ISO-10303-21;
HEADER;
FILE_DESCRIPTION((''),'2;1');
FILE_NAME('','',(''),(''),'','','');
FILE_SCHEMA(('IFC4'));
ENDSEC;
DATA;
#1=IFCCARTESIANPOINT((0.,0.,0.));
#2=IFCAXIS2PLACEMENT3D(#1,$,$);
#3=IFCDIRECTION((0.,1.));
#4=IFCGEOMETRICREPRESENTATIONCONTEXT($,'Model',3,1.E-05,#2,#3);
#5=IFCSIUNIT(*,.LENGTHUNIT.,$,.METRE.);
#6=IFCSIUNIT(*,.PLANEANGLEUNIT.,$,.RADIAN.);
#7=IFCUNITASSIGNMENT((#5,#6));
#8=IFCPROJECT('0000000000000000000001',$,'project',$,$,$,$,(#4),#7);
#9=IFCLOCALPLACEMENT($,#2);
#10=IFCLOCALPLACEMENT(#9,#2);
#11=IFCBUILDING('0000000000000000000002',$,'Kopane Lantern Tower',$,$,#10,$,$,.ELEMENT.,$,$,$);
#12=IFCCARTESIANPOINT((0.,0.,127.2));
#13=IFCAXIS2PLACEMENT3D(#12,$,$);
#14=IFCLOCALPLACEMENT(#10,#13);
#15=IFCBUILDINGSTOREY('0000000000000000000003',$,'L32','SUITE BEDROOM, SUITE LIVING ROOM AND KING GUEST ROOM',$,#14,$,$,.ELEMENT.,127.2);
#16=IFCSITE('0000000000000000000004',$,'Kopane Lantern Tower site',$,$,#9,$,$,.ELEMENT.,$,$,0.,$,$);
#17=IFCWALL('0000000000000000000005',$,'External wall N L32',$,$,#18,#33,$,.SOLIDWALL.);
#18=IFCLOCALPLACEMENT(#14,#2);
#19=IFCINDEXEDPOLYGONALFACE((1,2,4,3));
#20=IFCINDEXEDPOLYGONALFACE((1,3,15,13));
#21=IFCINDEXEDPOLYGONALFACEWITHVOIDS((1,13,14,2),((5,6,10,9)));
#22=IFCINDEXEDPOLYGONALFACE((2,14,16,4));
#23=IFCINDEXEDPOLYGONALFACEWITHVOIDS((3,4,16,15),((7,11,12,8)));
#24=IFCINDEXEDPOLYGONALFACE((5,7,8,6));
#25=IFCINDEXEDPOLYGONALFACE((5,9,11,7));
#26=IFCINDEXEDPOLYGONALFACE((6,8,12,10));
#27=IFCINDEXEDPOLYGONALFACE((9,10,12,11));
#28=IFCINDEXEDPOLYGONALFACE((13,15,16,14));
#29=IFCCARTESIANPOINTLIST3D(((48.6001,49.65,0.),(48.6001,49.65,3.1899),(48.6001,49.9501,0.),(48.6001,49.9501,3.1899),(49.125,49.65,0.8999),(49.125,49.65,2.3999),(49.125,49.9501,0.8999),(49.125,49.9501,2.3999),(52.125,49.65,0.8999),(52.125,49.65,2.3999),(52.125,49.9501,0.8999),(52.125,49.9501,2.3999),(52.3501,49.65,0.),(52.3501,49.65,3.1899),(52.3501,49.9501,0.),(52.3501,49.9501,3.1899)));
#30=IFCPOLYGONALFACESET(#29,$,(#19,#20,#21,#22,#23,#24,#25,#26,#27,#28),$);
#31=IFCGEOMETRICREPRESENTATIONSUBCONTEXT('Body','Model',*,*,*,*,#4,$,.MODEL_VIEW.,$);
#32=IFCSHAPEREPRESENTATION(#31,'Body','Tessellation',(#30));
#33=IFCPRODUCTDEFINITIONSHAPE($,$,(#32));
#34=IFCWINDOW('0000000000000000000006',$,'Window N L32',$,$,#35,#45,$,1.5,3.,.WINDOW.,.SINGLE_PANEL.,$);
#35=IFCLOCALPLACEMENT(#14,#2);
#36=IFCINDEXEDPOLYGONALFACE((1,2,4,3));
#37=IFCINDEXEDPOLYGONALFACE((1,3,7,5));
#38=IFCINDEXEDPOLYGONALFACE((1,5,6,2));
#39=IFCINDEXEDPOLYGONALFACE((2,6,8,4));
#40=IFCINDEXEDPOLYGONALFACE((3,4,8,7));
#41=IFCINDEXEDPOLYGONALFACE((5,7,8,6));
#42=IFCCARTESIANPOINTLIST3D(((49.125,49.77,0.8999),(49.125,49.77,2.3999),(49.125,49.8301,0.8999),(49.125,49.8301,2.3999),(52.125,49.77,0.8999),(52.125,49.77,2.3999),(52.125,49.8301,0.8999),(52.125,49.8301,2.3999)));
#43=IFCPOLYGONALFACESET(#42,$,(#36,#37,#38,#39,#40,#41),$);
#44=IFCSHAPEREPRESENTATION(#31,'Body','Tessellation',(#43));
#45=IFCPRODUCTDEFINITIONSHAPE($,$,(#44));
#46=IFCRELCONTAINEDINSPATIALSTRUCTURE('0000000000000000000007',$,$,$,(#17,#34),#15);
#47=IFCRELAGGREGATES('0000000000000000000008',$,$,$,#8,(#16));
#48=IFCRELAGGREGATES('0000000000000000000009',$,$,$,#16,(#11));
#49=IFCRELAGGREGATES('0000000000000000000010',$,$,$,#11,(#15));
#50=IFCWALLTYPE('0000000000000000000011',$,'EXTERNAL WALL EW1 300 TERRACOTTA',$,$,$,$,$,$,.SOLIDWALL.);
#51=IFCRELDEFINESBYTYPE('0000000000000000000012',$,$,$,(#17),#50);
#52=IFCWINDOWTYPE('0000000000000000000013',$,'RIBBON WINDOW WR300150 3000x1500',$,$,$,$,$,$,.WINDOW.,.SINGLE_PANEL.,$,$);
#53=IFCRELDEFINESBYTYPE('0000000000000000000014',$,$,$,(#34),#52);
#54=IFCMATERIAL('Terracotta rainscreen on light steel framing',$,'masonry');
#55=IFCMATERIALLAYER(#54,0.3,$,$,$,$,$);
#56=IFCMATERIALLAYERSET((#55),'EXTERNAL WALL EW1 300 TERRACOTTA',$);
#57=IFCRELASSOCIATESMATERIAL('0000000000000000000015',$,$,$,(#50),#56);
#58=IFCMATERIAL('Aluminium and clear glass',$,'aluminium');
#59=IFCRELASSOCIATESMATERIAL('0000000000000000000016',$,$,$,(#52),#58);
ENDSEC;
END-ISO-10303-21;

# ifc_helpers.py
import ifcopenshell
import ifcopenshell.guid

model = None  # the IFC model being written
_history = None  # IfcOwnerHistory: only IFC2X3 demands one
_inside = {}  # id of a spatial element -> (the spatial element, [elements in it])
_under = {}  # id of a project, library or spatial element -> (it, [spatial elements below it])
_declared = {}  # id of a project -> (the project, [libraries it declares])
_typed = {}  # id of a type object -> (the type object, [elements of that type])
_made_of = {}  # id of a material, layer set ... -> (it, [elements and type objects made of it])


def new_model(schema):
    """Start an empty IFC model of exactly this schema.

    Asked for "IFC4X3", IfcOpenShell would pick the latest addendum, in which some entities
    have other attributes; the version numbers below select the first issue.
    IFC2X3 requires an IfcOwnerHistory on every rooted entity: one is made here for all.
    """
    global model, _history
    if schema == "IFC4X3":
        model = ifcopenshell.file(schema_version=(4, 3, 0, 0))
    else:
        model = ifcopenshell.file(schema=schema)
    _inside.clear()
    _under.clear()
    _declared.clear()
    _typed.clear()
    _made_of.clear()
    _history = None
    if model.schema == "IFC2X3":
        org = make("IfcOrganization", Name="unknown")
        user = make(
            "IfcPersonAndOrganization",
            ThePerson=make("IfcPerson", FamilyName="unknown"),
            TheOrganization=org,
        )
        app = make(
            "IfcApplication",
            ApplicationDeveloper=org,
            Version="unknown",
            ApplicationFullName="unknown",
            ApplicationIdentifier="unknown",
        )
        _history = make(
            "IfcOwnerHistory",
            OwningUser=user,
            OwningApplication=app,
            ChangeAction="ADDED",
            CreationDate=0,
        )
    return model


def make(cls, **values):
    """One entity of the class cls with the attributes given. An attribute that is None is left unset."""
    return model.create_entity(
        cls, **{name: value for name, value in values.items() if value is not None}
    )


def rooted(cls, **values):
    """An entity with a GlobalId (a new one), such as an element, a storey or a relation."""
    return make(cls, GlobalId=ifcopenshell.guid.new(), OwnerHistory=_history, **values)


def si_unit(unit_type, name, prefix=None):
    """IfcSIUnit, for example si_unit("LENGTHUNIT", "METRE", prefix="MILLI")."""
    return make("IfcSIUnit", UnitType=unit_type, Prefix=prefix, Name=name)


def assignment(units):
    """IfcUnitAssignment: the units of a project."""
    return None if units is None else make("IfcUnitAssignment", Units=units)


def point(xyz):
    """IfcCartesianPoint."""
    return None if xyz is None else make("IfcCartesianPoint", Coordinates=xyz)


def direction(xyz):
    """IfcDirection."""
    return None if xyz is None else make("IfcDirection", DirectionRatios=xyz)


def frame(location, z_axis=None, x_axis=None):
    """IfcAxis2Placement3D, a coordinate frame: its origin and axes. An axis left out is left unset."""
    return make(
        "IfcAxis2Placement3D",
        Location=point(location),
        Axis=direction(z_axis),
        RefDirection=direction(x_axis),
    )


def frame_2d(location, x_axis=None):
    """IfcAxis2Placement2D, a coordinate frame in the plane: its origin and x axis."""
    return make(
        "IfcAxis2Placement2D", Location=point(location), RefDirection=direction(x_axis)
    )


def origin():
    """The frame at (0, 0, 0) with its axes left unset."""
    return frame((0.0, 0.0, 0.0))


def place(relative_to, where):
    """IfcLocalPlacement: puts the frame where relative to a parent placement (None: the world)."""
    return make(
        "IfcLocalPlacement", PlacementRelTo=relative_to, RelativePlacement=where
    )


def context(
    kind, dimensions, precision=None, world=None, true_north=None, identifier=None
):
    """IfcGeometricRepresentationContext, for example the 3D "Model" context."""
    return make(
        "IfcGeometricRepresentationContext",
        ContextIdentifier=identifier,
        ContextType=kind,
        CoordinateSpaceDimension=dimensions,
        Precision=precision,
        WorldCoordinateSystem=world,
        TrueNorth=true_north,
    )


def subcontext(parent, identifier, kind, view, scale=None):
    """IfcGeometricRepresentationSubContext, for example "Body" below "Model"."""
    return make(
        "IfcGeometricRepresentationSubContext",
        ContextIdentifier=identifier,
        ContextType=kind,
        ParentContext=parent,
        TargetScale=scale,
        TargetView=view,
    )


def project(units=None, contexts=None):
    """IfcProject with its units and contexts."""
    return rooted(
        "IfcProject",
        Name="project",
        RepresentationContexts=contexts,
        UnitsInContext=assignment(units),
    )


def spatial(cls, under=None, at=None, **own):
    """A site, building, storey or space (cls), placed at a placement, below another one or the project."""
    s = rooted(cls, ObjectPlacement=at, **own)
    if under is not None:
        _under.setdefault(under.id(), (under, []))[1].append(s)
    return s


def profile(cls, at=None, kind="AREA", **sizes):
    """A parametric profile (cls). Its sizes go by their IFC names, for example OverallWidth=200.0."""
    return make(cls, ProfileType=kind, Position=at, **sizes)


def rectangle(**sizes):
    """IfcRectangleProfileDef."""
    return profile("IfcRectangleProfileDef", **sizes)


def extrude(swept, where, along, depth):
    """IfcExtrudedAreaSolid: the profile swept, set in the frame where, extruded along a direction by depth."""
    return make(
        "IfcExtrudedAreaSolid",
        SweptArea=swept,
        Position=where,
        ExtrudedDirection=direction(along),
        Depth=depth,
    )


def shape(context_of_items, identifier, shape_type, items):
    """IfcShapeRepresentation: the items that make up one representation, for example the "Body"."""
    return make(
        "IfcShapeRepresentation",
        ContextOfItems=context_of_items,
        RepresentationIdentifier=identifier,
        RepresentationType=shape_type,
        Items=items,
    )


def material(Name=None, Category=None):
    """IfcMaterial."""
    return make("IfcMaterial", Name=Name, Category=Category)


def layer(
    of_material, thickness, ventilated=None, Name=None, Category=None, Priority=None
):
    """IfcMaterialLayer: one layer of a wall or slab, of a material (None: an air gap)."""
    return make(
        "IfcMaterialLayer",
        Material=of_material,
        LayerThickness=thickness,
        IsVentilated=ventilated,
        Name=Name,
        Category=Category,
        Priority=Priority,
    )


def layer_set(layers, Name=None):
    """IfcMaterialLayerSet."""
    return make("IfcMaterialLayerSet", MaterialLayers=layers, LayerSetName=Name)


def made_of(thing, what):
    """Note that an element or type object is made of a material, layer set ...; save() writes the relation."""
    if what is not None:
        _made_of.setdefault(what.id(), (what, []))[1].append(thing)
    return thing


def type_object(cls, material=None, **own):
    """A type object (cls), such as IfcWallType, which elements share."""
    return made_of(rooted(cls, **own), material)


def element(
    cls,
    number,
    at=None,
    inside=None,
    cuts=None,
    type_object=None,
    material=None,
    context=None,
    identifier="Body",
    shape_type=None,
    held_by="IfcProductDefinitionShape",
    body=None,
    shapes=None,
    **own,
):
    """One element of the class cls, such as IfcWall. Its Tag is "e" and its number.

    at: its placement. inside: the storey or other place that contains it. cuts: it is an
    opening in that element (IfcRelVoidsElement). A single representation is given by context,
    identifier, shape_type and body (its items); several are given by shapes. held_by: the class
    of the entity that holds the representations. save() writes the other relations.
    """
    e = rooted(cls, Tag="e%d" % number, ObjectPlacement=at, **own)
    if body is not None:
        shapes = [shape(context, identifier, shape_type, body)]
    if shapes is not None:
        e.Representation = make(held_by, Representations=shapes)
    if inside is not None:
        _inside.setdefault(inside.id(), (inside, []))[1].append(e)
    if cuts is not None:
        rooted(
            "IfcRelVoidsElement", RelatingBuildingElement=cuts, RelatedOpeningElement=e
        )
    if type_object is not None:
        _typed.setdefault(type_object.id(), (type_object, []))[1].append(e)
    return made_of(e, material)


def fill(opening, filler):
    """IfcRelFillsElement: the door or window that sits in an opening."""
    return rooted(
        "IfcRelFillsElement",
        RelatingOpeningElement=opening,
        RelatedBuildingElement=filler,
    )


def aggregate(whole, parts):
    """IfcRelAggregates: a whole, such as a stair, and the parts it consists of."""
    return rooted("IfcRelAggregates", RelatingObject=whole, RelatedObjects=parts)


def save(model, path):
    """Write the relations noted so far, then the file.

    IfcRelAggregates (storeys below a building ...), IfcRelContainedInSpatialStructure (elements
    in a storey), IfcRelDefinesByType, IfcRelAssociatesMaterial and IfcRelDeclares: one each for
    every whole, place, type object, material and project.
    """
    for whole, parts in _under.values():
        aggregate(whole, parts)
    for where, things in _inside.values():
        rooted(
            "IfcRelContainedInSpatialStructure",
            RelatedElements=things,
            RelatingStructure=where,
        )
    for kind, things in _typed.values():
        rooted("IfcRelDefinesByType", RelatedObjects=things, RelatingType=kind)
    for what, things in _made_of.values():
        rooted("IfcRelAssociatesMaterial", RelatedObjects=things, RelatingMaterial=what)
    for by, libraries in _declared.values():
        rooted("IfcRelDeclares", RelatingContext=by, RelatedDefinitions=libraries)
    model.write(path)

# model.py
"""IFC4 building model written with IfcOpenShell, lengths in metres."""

from ifc_helpers import new_model, si_unit, direction, frame, frame_2d, origin, place, context, subcontext, project, spatial, rectangle, extrude, material, layer, layer_set, type_object, element, fill, save


model = new_model("IFC4")

# Units and contexts
model_context = context("Model", 3, precision=1e-05, world=origin(), true_north=direction((0.0, 1.0)))
body_context = subcontext(model_context, "Body", "Model", "MODEL_VIEW")
ifc_project = project(units=[si_unit("LENGTHUNIT", "METRE"), si_unit("PLANEANGLEUNIT", "RADIAN")], contexts=[model_context])

# Site, building, storey
site_placement = place(None, origin())
site = spatial("IfcSite", under=ifc_project, at=site_placement, Name="Kopane Lantern Tower site", CompositionType="ELEMENT", RefElevation=0.0)
building_placement = place(site_placement, origin())
building = spatial("IfcBuilding", under=site, at=building_placement, Name="Kopane Lantern Tower", CompositionType="ELEMENT")
storey_placement = place(building_placement, frame((0.0, 0.0, 127.2)))
storey = spatial("IfcBuildingStorey", under=building, at=storey_placement, Name="L32", Description="SUITE BEDROOM, SUITE LIVING ROOM AND KING GUEST ROOM", CompositionType="ELEMENT", Elevation=127.2)

# Wall, opening, window
ifc_material_1 = material(Name="Terracotta rainscreen on light steel framing", Category="masonry")
ifc_layer_1 = layer(ifc_material_1, 0.3)
ifc_layer_set_1 = layer_set([ifc_layer_1], Name="EXTERNAL WALL EW1 300 TERRACOTTA")
wall_type_1 = type_object("IfcWallType", Name="EXTERNAL WALL EW1 300 TERRACOTTA", PredefinedType="SOLIDWALL", material=ifc_layer_set_1)
wall_1_placement = place(storey_placement, frame((52.3501, 49.8, 0.0), z_axis=(0.0, 0.0, 1.0), x_axis=(-1.0, 0.0, 0.0)))
wall_1 = element("IfcWall", 1, at=wall_1_placement, inside=storey, type_object=wall_type_1, Name="External wall N L32", PredefinedType="SOLIDWALL", context=body_context, shape_type="SweptSolid", body=[
    extrude(rectangle(XDim=3.75, YDim=0.3, at=frame_2d((1.875, 0.0))), origin(), (0.0, 0.0, 1.0), 3.1899),
])
opening_placement = place(wall_1_placement, frame((0.2251, 0.0, 0.8999)))
opening = element("IfcOpeningElement", 2, at=opening_placement, cuts=wall_1, PredefinedType="OPENING", context=body_context, shape_type="SweptSolid", body=[
    extrude(rectangle(XDim=3.0, YDim=1.5, at=frame_2d((1.5, 0.75))), frame((0.0, 0.1599, 0.0), z_axis=(0.0, -1.0, 0.0), x_axis=(1.0, 0.0, 0.0)), (0.0, 0.0, 1.0), 0.3201),
])
ifc_material_2 = material(Name="Aluminium and clear glass", Category="aluminium")
window_type = type_object("IfcWindowType", Name="RIBBON WINDOW WR300150 3000x1500", PartitioningType="SINGLE_PANEL", PredefinedType="WINDOW", material=ifc_material_2)
window_placement = place(opening_placement, origin())
window = element("IfcWindow", 3, at=window_placement, inside=storey, type_object=window_type, Name="Window N L32", OverallHeight=1.5, OverallWidth=3.0, PartitioningType="SINGLE_PANEL", PredefinedType="WINDOW", context=body_context, shape_type="SweptSolid", body=[
    extrude(rectangle(XDim=3.0, YDim=1.5, at=frame_2d((1.5, 0.75))), frame((0.0, 0.03, 0.0), z_axis=(0.0, -1.0, 0.0), x_axis=(1.0, 0.0, 0.0)), (0.0, 0.0, 1.0), 0.0601),
])
fill(opening, window)

save(model, "model.ifc")
